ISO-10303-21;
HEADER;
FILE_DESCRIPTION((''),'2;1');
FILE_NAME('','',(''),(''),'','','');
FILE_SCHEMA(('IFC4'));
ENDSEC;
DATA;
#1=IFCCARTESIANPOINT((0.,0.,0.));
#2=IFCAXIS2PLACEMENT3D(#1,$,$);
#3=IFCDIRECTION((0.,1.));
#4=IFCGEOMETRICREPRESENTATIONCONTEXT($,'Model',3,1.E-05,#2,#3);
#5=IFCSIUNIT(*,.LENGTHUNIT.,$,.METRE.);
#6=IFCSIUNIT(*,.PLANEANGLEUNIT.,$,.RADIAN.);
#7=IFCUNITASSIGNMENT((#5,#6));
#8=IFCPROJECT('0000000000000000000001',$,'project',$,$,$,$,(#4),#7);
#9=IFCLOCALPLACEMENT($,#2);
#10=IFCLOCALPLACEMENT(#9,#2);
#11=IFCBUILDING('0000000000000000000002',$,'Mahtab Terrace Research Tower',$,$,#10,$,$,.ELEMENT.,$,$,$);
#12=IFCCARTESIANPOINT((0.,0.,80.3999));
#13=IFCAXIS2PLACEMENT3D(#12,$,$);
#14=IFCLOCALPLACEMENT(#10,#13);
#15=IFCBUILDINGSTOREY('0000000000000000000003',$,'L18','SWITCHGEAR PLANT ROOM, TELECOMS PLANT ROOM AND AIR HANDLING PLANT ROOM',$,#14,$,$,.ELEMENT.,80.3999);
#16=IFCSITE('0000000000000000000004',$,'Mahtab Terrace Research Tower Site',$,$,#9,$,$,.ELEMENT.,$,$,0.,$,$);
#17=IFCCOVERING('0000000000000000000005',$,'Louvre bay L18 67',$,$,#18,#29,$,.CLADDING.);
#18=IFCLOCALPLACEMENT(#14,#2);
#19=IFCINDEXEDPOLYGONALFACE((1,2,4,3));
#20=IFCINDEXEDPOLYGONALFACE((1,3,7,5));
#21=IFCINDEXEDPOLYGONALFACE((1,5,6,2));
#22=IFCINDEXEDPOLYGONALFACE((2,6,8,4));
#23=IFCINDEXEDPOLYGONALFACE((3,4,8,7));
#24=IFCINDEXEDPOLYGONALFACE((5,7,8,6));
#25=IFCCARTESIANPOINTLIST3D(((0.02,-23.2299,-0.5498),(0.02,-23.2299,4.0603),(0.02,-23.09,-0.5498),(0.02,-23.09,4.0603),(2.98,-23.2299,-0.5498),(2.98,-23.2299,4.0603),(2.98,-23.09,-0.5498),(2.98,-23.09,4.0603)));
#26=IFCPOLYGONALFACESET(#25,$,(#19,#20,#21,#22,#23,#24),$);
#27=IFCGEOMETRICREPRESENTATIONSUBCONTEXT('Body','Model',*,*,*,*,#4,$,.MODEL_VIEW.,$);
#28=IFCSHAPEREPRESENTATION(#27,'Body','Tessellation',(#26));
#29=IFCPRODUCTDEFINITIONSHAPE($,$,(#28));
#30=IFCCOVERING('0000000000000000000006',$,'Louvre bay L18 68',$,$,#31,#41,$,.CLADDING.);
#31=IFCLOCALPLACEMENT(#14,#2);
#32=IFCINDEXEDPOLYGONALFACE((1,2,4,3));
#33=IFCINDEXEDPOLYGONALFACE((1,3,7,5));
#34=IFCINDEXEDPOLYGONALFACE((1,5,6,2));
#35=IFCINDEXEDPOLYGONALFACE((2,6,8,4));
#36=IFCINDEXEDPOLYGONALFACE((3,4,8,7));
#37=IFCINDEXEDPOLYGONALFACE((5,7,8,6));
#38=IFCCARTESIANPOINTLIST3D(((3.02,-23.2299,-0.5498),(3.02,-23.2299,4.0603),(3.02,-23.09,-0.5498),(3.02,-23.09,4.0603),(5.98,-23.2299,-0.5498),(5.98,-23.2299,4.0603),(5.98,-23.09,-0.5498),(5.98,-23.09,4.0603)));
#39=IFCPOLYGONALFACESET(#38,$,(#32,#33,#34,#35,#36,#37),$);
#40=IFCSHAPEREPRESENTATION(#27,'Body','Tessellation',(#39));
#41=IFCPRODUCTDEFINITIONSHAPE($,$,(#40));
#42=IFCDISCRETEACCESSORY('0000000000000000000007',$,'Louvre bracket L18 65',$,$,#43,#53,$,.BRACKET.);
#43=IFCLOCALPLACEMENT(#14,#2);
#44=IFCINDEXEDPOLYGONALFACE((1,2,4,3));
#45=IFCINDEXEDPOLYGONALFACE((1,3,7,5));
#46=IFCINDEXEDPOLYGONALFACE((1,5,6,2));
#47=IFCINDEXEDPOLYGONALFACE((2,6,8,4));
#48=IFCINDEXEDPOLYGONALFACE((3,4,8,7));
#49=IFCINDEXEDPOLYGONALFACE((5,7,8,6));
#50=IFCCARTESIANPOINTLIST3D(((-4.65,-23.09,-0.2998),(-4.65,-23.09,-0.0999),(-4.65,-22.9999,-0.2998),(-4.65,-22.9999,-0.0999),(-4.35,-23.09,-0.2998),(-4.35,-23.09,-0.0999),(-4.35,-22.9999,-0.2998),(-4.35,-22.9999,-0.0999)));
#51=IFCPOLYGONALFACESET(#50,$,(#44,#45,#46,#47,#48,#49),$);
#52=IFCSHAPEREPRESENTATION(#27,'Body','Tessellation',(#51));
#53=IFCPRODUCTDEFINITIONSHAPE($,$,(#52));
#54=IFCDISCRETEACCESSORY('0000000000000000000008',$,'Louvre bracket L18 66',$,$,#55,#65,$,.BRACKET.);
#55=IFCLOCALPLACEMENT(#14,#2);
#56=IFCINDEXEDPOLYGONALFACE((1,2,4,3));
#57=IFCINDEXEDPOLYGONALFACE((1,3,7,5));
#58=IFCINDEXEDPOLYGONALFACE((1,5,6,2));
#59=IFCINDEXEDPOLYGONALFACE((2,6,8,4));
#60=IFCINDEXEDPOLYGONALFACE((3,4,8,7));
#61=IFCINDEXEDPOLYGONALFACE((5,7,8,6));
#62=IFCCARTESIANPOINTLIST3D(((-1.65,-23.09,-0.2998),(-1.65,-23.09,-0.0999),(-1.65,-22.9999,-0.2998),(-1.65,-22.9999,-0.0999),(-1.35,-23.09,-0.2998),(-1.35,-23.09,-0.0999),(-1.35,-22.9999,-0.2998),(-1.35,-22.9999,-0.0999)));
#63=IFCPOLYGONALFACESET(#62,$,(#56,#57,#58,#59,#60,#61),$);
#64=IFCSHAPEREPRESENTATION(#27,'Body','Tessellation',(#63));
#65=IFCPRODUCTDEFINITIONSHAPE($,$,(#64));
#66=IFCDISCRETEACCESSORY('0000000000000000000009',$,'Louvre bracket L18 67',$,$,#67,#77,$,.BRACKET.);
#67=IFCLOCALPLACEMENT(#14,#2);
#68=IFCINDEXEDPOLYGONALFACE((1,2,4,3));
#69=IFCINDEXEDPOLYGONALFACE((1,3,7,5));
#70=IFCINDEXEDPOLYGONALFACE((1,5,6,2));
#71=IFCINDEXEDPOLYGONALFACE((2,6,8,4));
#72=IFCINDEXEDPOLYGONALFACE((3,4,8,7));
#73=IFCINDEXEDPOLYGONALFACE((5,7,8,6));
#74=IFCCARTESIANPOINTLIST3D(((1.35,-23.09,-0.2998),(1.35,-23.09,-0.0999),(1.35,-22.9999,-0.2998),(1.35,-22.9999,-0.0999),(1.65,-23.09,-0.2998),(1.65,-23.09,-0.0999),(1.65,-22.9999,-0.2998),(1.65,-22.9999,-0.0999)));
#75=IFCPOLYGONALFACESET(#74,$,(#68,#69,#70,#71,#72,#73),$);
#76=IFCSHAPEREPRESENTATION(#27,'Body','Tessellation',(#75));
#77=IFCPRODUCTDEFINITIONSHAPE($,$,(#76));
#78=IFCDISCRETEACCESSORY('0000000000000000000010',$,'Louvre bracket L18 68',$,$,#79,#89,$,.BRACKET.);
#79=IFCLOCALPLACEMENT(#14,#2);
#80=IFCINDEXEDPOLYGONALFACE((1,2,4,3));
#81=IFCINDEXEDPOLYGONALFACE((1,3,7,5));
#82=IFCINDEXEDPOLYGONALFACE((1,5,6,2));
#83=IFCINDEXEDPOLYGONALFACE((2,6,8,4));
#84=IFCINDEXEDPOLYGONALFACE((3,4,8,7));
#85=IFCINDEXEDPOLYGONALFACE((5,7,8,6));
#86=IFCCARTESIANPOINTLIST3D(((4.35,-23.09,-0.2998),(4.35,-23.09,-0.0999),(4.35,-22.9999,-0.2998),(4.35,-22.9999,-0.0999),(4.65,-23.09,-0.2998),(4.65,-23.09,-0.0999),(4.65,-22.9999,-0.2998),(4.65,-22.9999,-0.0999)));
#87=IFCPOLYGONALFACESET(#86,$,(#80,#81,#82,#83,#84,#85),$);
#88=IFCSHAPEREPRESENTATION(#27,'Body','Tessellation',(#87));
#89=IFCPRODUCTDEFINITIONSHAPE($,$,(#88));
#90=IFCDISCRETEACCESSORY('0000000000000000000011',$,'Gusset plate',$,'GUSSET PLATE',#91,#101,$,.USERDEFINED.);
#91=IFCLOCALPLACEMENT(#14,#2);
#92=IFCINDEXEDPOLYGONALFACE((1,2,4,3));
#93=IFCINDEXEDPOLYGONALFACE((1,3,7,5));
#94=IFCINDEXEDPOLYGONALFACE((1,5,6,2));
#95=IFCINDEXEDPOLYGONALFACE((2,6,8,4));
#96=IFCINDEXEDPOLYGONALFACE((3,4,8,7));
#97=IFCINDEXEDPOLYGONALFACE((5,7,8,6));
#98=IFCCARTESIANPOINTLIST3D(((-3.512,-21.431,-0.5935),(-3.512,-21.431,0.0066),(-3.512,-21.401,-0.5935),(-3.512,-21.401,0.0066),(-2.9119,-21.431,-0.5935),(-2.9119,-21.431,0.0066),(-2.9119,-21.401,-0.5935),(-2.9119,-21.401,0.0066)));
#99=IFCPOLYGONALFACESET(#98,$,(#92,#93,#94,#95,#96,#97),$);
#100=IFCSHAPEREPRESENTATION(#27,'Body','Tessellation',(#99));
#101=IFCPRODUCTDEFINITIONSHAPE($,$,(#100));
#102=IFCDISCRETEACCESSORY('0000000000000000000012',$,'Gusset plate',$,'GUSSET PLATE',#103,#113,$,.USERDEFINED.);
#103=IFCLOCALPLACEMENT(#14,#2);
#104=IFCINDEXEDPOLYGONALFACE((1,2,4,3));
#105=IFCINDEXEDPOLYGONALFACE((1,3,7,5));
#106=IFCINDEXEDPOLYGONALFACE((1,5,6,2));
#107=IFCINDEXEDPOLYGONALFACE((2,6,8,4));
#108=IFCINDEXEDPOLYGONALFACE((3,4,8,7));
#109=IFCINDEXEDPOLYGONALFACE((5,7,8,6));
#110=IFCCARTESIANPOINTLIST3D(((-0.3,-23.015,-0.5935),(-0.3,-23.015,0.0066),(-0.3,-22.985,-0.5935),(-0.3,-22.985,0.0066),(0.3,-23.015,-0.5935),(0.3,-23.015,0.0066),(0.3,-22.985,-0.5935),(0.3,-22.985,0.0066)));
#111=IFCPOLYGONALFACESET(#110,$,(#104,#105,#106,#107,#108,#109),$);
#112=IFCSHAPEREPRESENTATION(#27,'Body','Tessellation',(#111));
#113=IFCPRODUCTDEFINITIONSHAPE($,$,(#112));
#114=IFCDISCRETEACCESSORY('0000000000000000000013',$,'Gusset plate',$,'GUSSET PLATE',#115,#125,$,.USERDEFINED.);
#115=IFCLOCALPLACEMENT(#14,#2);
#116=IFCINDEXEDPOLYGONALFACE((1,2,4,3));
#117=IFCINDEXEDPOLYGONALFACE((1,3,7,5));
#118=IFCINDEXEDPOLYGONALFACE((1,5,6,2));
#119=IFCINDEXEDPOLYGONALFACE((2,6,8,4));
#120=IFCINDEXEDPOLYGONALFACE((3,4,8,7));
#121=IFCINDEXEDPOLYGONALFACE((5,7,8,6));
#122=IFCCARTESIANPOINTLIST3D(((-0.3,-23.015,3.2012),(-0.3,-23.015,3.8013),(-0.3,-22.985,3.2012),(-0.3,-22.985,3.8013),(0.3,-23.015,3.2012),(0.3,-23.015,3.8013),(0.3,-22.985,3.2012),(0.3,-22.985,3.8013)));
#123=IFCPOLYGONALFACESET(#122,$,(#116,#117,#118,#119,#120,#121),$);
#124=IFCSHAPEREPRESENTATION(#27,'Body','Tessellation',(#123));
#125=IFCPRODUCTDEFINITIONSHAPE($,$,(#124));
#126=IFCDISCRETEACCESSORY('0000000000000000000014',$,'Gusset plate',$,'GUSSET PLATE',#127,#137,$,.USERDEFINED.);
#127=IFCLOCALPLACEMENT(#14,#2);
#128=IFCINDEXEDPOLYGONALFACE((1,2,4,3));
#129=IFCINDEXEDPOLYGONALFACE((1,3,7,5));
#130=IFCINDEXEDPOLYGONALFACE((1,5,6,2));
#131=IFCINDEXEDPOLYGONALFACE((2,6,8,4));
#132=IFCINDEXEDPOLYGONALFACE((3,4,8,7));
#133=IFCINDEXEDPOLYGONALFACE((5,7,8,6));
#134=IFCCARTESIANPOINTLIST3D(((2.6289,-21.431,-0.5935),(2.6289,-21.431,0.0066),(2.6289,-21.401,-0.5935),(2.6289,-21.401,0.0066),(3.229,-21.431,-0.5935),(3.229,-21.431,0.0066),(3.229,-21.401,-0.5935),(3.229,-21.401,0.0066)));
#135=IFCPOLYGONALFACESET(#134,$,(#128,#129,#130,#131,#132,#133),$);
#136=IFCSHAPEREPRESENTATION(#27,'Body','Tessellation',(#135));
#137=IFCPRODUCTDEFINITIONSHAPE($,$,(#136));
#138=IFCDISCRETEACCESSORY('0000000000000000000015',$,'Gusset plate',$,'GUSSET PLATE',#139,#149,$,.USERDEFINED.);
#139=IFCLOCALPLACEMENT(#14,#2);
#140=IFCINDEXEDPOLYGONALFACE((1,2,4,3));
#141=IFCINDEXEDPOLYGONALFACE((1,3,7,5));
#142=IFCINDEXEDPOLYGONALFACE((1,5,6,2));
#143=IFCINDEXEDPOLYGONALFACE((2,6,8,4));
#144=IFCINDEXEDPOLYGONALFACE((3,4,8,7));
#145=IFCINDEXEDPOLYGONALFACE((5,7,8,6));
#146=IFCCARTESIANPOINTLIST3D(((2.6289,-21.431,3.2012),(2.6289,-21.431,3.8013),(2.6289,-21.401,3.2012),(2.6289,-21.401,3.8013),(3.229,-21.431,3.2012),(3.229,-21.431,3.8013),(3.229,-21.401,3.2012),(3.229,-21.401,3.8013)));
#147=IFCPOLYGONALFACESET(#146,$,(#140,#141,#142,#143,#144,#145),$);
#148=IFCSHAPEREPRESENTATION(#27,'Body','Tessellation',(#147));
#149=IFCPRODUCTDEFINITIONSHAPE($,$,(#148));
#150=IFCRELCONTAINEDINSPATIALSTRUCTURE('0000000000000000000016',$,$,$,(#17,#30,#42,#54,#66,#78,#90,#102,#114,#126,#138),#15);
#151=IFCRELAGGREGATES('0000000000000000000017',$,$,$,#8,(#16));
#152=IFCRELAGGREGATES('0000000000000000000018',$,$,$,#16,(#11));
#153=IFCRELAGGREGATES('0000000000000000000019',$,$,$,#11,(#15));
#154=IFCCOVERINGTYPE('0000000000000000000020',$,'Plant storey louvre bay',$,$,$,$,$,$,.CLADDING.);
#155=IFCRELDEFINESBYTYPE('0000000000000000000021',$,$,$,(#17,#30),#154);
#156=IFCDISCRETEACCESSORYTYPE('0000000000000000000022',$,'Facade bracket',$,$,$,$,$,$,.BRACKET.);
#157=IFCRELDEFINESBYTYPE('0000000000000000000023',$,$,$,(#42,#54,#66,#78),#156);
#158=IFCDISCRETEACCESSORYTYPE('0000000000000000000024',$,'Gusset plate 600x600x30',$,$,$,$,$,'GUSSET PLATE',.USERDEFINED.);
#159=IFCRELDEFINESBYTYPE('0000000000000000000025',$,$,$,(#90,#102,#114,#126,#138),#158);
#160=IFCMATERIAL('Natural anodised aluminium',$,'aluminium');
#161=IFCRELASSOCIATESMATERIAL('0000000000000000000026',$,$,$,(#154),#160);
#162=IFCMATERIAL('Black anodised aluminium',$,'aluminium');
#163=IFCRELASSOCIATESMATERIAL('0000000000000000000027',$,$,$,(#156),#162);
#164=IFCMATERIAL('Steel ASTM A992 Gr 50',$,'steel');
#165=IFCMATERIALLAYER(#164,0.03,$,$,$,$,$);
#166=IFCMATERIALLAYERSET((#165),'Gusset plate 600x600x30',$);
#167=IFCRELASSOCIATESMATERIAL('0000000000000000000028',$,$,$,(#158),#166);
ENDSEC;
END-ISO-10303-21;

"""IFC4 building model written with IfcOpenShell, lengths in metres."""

from ifc_helpers import new_model, si_unit, direction, frame, origin, origin_2d, place, context, subcontext, project, spatial, rectangle, extrude, material, layer, layer_set, type_object, element, save


model = new_model("IFC4")

# Units and contexts
model_context = context("Model", 3, precision=1e-05, world=origin(), true_north=direction((0.0, 1.0)))
body_context = subcontext(model_context, "Body", "Model", "MODEL_VIEW")
ifc_project = project(units=[si_unit("LENGTHUNIT", "METRE"), si_unit("PLANEANGLEUNIT", "RADIAN")], contexts=[model_context])

# Site, building, storey
site_placement = place(None, origin())
site = spatial("IfcSite", under=ifc_project, at=site_placement, Name="Mahtab Terrace Research Tower Site", CompositionType="ELEMENT", RefElevation=0.0)
building_placement = place(site_placement, origin())
building = spatial("IfcBuilding", under=site, at=building_placement, Name="Mahtab Terrace Research Tower", CompositionType="ELEMENT")
storey_placement = place(building_placement, frame((0.0, 0.0, 80.3999)))
storey = spatial("IfcBuildingStorey", under=building, at=storey_placement, Name="L18", Description="SWITCHGEAR PLANT ROOM, TELECOMS PLANT ROOM AND AIR HANDLING PLANT ROOM", CompositionType="ELEMENT", Elevation=80.3999)

# Shared definitions
ifc_material_1 = material(Name="Steel ASTM A992 Gr 50", Category="steel")

# Coverings
ifc_material_2 = material(Name="Natural anodised aluminium", Category="aluminium")
covering_type = type_object("IfcCoveringType", Name="Plant storey louvre bay", PredefinedType="CLADDING", material=ifc_material_2)
for number, where, z_axis, x_axis, name in (
    (1, (1.5, -23.1599, -0.5498), (0.0, 0.0, 1.0), (1.0, 0.0, 0.0), "Louvre bay L18 67"),
    (2, (4.5, -23.1599, -0.5498), (0.0, 0.0, 1.0), (1.0, 0.0, 0.0), "Louvre bay L18 68"),
):
    element("IfcCovering", number, at=place(storey_placement, frame(where, z_axis=z_axis, x_axis=x_axis)), inside=storey, type_object=covering_type, Name=name, PredefinedType="CLADDING", context=body_context, shape_type="SweptSolid", body=[
        extrude(rectangle(XDim=2.96, YDim=0.1399, at=origin_2d()), origin(), (0.0, 0.0, 1.0), 4.6101),
    ])

# Discrete accessories
ifc_material_3 = material(Name="Black anodised aluminium", Category="aluminium")
discrete_accessory_type_1 = type_object("IfcDiscreteAccessoryType", Name="Facade bracket", PredefinedType="BRACKET", material=ifc_material_3)
for number, where, z_axis, x_axis, name in (
    (3, (-4.5, -23.0449, -0.2998), (0.0, 0.0, 1.0), (1.0, 0.0, 0.0), "Louvre bracket L18 65"),
    (4, (-1.5, -23.0449, -0.2998), (0.0, 0.0, 1.0), (1.0, 0.0, 0.0), "Louvre bracket L18 66"),
    (5, (1.5, -23.0449, -0.2998), (0.0, 0.0, 1.0), (1.0, 0.0, 0.0), "Louvre bracket L18 67"),
    (6, (4.5, -23.0449, -0.2998), (0.0, 0.0, 1.0), (1.0, 0.0, 0.0), "Louvre bracket L18 68"),
):
    element("IfcDiscreteAccessory", number, at=place(storey_placement, frame(where, z_axis=z_axis, x_axis=x_axis)), inside=storey, type_object=discrete_accessory_type_1, Name=name, PredefinedType="BRACKET", context=body_context, shape_type="SweptSolid", body=[
        extrude(rectangle(XDim=0.3, YDim=0.0901, at=origin_2d()), origin(), (0.0, 0.0, 1.0), 0.2),
    ])
ifc_layer = layer(ifc_material_1, 0.03)
ifc_layer_set = layer_set([ifc_layer], Name="Gusset plate 600x600x30")
discrete_accessory_type_2 = type_object("IfcDiscreteAccessoryType", Name="Gusset plate 600x600x30", ElementType="GUSSET PLATE", PredefinedType="USERDEFINED", material=ifc_layer_set)
for number, where, z_axis, x_axis, name in (
    (7, (-3.2119, -21.416, -0.5935), (0.0, 0.0, 1.0), (1.0, 0.0, 0.0), "Gusset plate"),
    (8, (0.0, -23.0, -0.5935), (0.0, 0.0, 1.0), (1.0, 0.0, 0.0), "Gusset plate"),
    (9, (0.0, -23.0, 3.2012), (0.0, 0.0, 1.0), (1.0, 0.0, 0.0), "Gusset plate"),
    (10, (2.929, -21.416, -0.5935), (0.0, 0.0, 1.0), (1.0, 0.0, 0.0), "Gusset plate"),
    (11, (2.929, -21.416, 3.2012), (0.0, 0.0, 1.0), (1.0, 0.0, 0.0), "Gusset plate"),
):
    element("IfcDiscreteAccessory", number, at=place(storey_placement, frame(where, z_axis=z_axis, x_axis=x_axis)), inside=storey, type_object=discrete_accessory_type_2, Name=name, ObjectType="GUSSET PLATE", PredefinedType="USERDEFINED", context=body_context, shape_type="SweptSolid", body=[
        extrude(rectangle(XDim=0.6001, YDim=0.03, at=origin_2d()), origin(), (0.0, 0.0, 1.0), 0.6001),
    ])

save(model, "model.ifc")
